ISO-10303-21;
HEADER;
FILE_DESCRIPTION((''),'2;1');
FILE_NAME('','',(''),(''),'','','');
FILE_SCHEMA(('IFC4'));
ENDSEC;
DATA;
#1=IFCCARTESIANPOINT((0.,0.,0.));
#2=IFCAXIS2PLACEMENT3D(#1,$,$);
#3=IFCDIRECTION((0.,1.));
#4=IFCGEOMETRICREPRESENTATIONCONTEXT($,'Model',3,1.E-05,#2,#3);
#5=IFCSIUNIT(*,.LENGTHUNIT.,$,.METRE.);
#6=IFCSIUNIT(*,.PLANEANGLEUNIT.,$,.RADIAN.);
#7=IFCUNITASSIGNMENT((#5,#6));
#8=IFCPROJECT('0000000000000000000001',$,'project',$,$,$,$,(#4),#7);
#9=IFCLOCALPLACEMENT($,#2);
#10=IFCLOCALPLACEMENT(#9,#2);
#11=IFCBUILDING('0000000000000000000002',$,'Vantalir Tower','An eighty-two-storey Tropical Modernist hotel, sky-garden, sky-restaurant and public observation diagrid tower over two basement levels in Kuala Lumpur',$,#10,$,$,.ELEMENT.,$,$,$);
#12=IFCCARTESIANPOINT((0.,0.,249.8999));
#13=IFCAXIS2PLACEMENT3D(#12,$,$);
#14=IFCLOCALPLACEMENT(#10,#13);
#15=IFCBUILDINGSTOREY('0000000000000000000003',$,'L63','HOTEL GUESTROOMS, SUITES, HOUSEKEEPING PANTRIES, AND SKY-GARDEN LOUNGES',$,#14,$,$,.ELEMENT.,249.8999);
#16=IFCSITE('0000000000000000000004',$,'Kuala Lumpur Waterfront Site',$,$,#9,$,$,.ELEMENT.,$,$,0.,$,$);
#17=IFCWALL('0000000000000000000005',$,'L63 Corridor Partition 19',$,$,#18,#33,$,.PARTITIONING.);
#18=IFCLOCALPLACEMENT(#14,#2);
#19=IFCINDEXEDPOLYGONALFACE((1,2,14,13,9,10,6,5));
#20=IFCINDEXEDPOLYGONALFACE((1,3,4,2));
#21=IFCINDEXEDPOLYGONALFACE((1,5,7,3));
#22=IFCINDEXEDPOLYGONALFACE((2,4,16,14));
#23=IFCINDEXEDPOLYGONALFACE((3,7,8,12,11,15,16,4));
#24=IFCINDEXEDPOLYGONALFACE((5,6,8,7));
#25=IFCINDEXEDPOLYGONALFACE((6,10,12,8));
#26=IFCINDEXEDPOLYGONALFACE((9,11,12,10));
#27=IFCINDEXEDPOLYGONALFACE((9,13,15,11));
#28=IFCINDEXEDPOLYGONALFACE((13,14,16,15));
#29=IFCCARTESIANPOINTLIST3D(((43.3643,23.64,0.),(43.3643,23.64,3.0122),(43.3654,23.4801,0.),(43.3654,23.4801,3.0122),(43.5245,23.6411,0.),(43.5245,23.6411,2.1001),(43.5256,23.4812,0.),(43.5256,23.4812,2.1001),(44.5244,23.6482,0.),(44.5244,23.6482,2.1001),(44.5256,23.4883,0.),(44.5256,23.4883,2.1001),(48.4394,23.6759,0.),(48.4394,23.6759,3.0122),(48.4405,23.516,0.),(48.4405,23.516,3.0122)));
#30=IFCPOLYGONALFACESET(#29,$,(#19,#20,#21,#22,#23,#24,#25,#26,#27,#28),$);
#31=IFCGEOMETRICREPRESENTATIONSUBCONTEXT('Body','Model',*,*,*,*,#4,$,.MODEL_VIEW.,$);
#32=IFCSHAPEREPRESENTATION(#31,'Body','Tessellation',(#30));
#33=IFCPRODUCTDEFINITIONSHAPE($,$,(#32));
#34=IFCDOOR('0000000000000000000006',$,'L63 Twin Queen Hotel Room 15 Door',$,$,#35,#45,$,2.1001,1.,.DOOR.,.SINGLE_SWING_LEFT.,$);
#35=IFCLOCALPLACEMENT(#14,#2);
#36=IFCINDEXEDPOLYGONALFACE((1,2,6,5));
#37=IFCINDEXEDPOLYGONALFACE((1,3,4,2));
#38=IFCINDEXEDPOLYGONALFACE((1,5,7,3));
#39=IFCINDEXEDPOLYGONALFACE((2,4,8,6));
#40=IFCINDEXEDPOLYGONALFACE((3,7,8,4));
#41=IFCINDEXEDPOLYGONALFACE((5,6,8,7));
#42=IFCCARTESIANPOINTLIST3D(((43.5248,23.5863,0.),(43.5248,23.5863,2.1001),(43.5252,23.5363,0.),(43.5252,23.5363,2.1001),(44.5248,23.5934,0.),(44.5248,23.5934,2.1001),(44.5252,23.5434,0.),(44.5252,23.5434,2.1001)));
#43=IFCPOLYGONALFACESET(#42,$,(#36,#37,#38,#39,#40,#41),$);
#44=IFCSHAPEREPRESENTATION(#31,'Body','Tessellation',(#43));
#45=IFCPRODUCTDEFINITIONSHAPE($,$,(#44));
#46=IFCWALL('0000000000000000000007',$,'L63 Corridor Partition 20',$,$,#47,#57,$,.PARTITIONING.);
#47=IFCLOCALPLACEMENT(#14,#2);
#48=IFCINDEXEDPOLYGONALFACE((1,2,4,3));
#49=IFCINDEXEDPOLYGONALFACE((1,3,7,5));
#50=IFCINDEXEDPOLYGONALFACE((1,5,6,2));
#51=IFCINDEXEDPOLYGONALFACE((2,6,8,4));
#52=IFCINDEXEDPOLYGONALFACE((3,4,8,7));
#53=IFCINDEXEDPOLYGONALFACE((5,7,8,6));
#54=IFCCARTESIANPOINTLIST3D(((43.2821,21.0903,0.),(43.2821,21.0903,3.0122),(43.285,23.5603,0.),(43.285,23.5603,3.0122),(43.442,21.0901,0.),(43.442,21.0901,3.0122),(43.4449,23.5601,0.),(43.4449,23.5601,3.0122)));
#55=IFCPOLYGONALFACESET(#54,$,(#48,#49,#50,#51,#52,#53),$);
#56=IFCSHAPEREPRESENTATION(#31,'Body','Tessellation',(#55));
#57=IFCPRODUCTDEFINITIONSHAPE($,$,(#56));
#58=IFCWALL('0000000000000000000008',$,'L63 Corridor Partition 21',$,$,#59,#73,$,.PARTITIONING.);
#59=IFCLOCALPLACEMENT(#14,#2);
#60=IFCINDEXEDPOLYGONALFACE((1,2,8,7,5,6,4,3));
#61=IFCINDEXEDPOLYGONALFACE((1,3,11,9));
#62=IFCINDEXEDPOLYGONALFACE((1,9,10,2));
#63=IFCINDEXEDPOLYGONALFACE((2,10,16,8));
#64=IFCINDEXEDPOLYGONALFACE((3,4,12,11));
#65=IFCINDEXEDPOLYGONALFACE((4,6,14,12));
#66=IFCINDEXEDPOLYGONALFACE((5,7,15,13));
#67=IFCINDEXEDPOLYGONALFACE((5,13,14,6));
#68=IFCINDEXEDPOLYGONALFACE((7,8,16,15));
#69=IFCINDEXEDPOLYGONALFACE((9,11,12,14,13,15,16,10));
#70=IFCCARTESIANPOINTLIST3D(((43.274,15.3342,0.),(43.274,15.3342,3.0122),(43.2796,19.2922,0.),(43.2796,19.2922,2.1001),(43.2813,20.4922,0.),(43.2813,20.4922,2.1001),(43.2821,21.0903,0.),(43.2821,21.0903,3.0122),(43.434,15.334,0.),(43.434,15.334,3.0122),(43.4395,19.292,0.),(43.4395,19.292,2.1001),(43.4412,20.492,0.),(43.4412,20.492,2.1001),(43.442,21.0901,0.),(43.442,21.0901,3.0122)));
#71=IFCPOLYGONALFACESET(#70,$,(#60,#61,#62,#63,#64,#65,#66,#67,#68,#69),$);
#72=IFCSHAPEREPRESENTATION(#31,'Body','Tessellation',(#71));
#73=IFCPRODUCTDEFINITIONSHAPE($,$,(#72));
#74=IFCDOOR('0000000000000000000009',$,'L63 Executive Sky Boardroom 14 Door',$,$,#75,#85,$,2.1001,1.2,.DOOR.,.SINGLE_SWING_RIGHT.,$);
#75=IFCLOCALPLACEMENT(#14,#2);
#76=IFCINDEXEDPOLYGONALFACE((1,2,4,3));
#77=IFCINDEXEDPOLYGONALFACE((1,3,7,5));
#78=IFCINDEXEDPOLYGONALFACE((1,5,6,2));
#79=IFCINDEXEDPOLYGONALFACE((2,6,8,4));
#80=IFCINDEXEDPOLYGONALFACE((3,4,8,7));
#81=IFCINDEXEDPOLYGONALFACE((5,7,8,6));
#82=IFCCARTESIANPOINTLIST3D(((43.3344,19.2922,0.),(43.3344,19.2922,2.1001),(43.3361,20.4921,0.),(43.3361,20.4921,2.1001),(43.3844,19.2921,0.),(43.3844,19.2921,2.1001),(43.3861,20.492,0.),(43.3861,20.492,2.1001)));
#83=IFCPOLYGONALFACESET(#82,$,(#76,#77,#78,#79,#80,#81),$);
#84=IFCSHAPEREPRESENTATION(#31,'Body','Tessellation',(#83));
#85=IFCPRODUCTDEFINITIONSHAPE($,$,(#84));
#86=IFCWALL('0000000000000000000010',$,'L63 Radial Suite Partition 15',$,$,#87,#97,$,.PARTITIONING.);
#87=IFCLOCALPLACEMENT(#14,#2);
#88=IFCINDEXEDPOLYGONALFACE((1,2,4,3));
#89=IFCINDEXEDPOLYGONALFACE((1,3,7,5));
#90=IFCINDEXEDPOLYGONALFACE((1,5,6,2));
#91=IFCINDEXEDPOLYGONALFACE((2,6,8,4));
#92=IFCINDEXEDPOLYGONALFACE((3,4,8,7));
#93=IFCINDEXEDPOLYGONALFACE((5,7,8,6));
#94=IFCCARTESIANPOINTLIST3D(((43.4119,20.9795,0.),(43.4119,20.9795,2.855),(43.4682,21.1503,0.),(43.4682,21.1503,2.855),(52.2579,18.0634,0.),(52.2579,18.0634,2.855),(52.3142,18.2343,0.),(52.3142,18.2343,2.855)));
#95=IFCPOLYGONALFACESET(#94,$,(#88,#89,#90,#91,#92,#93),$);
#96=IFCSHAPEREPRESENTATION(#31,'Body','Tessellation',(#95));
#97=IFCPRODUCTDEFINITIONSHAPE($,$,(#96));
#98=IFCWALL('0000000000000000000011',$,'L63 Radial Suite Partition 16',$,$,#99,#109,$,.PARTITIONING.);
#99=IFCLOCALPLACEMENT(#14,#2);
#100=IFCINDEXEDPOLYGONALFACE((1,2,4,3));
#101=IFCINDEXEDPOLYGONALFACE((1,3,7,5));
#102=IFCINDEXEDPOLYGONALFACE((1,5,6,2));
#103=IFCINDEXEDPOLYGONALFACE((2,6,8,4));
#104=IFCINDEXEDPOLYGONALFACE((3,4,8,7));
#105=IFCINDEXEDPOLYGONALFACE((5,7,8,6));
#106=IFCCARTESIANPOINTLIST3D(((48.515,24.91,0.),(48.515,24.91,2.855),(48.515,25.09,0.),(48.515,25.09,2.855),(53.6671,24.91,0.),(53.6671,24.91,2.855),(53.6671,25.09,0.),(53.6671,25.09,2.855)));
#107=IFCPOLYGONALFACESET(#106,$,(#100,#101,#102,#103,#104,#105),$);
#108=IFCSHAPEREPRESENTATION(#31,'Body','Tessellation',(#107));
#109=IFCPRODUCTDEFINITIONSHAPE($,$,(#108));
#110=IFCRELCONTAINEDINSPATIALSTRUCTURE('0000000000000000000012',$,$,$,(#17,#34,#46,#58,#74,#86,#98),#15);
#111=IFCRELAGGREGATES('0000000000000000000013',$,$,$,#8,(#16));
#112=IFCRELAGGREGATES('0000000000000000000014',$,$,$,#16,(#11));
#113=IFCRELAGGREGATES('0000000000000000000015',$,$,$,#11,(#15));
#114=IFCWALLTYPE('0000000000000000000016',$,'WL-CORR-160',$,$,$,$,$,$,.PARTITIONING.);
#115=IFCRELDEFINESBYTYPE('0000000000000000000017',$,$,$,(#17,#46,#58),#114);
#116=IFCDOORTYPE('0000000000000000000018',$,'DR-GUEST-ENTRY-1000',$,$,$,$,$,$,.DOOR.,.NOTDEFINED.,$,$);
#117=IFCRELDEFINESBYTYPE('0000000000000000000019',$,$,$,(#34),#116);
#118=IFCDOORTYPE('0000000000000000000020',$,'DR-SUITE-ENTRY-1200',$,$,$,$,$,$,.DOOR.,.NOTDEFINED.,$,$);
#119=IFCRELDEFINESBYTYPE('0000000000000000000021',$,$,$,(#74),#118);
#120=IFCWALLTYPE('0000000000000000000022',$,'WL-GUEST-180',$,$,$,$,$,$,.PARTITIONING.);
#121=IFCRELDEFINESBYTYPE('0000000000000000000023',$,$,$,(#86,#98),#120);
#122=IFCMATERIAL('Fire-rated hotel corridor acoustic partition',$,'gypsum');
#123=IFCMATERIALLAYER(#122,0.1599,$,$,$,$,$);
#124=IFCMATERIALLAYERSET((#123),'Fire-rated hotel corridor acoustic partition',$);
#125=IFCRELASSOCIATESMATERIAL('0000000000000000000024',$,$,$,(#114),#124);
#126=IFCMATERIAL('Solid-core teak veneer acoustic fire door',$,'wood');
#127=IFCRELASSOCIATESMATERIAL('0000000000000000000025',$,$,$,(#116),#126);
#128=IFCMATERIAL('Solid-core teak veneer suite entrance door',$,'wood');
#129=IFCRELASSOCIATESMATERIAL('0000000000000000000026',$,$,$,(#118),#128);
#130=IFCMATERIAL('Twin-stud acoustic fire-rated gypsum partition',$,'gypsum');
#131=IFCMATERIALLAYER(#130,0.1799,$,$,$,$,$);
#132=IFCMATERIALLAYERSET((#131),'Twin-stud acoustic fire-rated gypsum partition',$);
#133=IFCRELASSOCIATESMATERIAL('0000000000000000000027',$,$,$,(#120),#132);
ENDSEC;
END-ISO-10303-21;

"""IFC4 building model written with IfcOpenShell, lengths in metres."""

from ifc_helpers import new_model, si_unit, direction, frame, frame_2d, origin, place, context, subcontext, project, spatial, rectangle, extrude, material, layer, layer_set, type_object, element, fill, save


model = new_model("IFC4")

# Units and contexts
model_context = context("Model", 3, precision=1e-05, world=origin(), true_north=direction((0.0, 1.0)))
body_context = subcontext(model_context, "Body", "Model", "MODEL_VIEW")
ifc_project = project(units=[si_unit("LENGTHUNIT", "METRE"), si_unit("PLANEANGLEUNIT", "RADIAN")], contexts=[model_context])

# Site, building, storey
site_placement = place(None, origin())
site = spatial("IfcSite", under=ifc_project, at=site_placement, Name="Kuala Lumpur Waterfront Site", CompositionType="ELEMENT", RefElevation=0.0)
building_placement = place(site_placement, origin())
building = spatial("IfcBuilding", under=site, at=building_placement, Name="Vantalir Tower", Description="An eighty-two-storey Tropical Modernist hotel, sky-garden, sky-restaurant and public observation diagrid tower over two basement levels in Kuala Lumpur", CompositionType="ELEMENT")
storey_placement = place(building_placement, frame((0.0, 0.0, 249.8999)))
storey = spatial("IfcBuildingStorey", under=building, at=storey_placement, Name="L63", Description="HOTEL GUESTROOMS, SUITES, HOUSEKEEPING PANTRIES, AND SKY-GARDEN LOUNGES", CompositionType="ELEMENT", Elevation=249.8999)

# Shared definitions
ifc_material_1 = material(Name="Fire-rated hotel corridor acoustic partition", Category="gypsum")
ifc_layer_1 = layer(ifc_material_1, 0.1599)
ifc_layer_set_1 = layer_set([ifc_layer_1], Name="Fire-rated hotel corridor acoustic partition")
wall_type_1 = type_object("IfcWallType", Name="WL-CORR-160", PredefinedType="PARTITIONING", material=ifc_layer_set_1)

# Wall, opening, door
wall_1_placement = place(storey_placement, frame((48.4399, 23.5959, 0.0), z_axis=(0.0, 0.0, 1.0), x_axis=(-0.999975, -0.007072, 0.0)))
wall_1 = element("IfcWall", 1, at=wall_1_placement, inside=storey, type_object=wall_type_1, Name="L63 Corridor Partition 19", PredefinedType="PARTITIONING", context=body_context, shape_type="SweptSolid", body=[
    extrude(rectangle(XDim=5.0752, YDim=0.1599, at=frame_2d((2.5376, 0.0))), origin(), (0.0, 0.0, 1.0), 3.0122),
])
opening_1_placement = place(wall_1_placement, frame((3.915, 0.0, 0.0)))
opening_1 = element("IfcOpeningElement", 2, at=opening_1_placement, cuts=wall_1, PredefinedType="OPENING", context=body_context, shape_type="SweptSolid", body=[
    extrude(rectangle(XDim=1.0, YDim=2.1001, at=frame_2d((0.5, 1.05))), frame((0.0, 0.0898, 0.0), z_axis=(0.0, -1.0, 0.0), x_axis=(1.0, 0.0, 0.0)), (0.0, 0.0, 1.0), 0.1799),
])
ifc_material_2 = material(Name="Solid-core teak veneer acoustic fire door", Category="wood")
door_type_1 = type_object("IfcDoorType", Name="DR-GUEST-ENTRY-1000", OperationType="NOTDEFINED", PredefinedType="DOOR", material=ifc_material_2)
door_1_placement = place(opening_1_placement, origin())
door_1 = element("IfcDoor", 3, at=door_1_placement, inside=storey, type_object=door_type_1, Name="L63 Twin Queen Hotel Room 15 Door", OperationType="SINGLE_SWING_LEFT", OverallHeight=2.1001, OverallWidth=1.0, PredefinedType="DOOR", context=body_context, shape_type="SweptSolid", body=[
    extrude(rectangle(XDim=1.0, YDim=2.1001, at=frame_2d((0.5, 1.05))), frame((0.0, 0.0249, 0.0), z_axis=(0.0, -1.0, 0.0), x_axis=(1.0, 0.0, 0.0)), (0.0, 0.0, 1.0), 0.05),
])
fill(opening_1, door_1)

# Wall
wall_2_placement = place(storey_placement, frame((43.365, 23.5601, 0.0), z_axis=(0.0, 0.0, 1.0), x_axis=(-0.001186, -0.999999, 0.0)))
element("IfcWall", 4, at=wall_2_placement, inside=storey, type_object=wall_type_1, Name="L63 Corridor Partition 20", PredefinedType="PARTITIONING", context=body_context, shape_type="SweptSolid", body=[
    extrude(rectangle(XDim=2.47, YDim=0.1599, at=frame_2d((1.2349, 0.0))), origin(), (0.0, 0.0, 1.0), 3.0122),
])

# Wall, opening, door
wall_3_placement = place(storey_placement, frame((43.3621, 21.0901, 0.0), z_axis=(0.0, 0.0, 1.0), x_axis=(-0.0014, -0.999999, 0.0)))
wall_3 = element("IfcWall", 5, at=wall_3_placement, inside=storey, type_object=wall_type_1, Name="L63 Corridor Partition 21", PredefinedType="PARTITIONING", context=body_context, shape_type="SweptSolid", body=[
    extrude(rectangle(XDim=5.7561, YDim=0.1599, at=frame_2d((2.8779, 0.0))), origin(), (0.0, 0.0, 1.0), 3.0122),
])
opening_2_placement = place(wall_3_placement, frame((0.5979, 0.0, 0.0)))
opening_2 = element("IfcOpeningElement", 6, at=opening_2_placement, cuts=wall_3, PredefinedType="OPENING", context=body_context, shape_type="SweptSolid", body=[
    extrude(rectangle(XDim=1.2, YDim=2.1001, at=frame_2d((0.6001, 1.05))), frame((0.0, 0.0898, 0.0), z_axis=(0.0, -1.0, 0.0), x_axis=(1.0, 0.0, 0.0)), (0.0, 0.0, 1.0), 0.1799),
])
ifc_material_3 = material(Name="Solid-core teak veneer suite entrance door", Category="wood")
door_type_2 = type_object("IfcDoorType", Name="DR-SUITE-ENTRY-1200", OperationType="NOTDEFINED", PredefinedType="DOOR", material=ifc_material_3)
door_2_placement = place(opening_2_placement, origin())
door_2 = element("IfcDoor", 7, at=door_2_placement, inside=storey, type_object=door_type_2, Name="L63 Executive Sky Boardroom 14 Door", OperationType="SINGLE_SWING_RIGHT", OverallHeight=2.1001, OverallWidth=1.2, PredefinedType="DOOR", context=body_context, shape_type="SweptSolid", body=[
    extrude(rectangle(XDim=1.2, YDim=2.1001, at=frame_2d((0.6001, 1.05))), frame((0.0, 0.0249, 0.0), z_axis=(0.0, -1.0, 0.0), x_axis=(1.0, 0.0, 0.0)), (0.0, 0.0, 1.0), 0.05),
])
fill(opening_2, door_2)

# Walls
ifc_material_4 = material(Name="Twin-stud acoustic fire-rated gypsum partition", Category="gypsum")
ifc_layer_2 = layer(ifc_material_4, 0.1799)
ifc_layer_set_2 = layer_set([ifc_layer_2], Name="Twin-stud acoustic fire-rated gypsum partition")
wall_type_2 = type_object("IfcWallType", Name="WL-GUEST-180", PredefinedType="PARTITIONING", material=ifc_layer_set_2)
wall_4_placement = place(storey_placement, frame((43.4399, 21.0649, 0.0), z_axis=(0.0, 0.0, 1.0), x_axis=(0.949729, -0.313073, 0.0)))
element("IfcWall", 8, at=wall_4_placement, inside=storey, type_object=wall_type_2, Name="L63 Radial Suite Partition 15", PredefinedType="PARTITIONING", context=body_context, shape_type="SweptSolid", body=[
    extrude(rectangle(XDim=9.3142, YDim=0.1799, at=frame_2d((4.6572, 0.0))), origin(), (0.0, 0.0, 1.0), 2.855),
])
wall_5_placement = place(storey_placement, frame((48.5149, 25.0, 0.0), z_axis=(0.0, 0.0, 1.0), x_axis=(1.0, 0.0, 0.0)))
element("IfcWall", 9, at=wall_5_placement, inside=storey, type_object=wall_type_2, Name="L63 Radial Suite Partition 16", PredefinedType="PARTITIONING", context=body_context, shape_type="SweptSolid", body=[
    extrude(rectangle(XDim=5.1521, YDim=0.1799, at=frame_2d((2.5762, 0.0))), origin(), (0.0, 0.0, 1.0), 2.855),
])

save(model, "model.ifc")
